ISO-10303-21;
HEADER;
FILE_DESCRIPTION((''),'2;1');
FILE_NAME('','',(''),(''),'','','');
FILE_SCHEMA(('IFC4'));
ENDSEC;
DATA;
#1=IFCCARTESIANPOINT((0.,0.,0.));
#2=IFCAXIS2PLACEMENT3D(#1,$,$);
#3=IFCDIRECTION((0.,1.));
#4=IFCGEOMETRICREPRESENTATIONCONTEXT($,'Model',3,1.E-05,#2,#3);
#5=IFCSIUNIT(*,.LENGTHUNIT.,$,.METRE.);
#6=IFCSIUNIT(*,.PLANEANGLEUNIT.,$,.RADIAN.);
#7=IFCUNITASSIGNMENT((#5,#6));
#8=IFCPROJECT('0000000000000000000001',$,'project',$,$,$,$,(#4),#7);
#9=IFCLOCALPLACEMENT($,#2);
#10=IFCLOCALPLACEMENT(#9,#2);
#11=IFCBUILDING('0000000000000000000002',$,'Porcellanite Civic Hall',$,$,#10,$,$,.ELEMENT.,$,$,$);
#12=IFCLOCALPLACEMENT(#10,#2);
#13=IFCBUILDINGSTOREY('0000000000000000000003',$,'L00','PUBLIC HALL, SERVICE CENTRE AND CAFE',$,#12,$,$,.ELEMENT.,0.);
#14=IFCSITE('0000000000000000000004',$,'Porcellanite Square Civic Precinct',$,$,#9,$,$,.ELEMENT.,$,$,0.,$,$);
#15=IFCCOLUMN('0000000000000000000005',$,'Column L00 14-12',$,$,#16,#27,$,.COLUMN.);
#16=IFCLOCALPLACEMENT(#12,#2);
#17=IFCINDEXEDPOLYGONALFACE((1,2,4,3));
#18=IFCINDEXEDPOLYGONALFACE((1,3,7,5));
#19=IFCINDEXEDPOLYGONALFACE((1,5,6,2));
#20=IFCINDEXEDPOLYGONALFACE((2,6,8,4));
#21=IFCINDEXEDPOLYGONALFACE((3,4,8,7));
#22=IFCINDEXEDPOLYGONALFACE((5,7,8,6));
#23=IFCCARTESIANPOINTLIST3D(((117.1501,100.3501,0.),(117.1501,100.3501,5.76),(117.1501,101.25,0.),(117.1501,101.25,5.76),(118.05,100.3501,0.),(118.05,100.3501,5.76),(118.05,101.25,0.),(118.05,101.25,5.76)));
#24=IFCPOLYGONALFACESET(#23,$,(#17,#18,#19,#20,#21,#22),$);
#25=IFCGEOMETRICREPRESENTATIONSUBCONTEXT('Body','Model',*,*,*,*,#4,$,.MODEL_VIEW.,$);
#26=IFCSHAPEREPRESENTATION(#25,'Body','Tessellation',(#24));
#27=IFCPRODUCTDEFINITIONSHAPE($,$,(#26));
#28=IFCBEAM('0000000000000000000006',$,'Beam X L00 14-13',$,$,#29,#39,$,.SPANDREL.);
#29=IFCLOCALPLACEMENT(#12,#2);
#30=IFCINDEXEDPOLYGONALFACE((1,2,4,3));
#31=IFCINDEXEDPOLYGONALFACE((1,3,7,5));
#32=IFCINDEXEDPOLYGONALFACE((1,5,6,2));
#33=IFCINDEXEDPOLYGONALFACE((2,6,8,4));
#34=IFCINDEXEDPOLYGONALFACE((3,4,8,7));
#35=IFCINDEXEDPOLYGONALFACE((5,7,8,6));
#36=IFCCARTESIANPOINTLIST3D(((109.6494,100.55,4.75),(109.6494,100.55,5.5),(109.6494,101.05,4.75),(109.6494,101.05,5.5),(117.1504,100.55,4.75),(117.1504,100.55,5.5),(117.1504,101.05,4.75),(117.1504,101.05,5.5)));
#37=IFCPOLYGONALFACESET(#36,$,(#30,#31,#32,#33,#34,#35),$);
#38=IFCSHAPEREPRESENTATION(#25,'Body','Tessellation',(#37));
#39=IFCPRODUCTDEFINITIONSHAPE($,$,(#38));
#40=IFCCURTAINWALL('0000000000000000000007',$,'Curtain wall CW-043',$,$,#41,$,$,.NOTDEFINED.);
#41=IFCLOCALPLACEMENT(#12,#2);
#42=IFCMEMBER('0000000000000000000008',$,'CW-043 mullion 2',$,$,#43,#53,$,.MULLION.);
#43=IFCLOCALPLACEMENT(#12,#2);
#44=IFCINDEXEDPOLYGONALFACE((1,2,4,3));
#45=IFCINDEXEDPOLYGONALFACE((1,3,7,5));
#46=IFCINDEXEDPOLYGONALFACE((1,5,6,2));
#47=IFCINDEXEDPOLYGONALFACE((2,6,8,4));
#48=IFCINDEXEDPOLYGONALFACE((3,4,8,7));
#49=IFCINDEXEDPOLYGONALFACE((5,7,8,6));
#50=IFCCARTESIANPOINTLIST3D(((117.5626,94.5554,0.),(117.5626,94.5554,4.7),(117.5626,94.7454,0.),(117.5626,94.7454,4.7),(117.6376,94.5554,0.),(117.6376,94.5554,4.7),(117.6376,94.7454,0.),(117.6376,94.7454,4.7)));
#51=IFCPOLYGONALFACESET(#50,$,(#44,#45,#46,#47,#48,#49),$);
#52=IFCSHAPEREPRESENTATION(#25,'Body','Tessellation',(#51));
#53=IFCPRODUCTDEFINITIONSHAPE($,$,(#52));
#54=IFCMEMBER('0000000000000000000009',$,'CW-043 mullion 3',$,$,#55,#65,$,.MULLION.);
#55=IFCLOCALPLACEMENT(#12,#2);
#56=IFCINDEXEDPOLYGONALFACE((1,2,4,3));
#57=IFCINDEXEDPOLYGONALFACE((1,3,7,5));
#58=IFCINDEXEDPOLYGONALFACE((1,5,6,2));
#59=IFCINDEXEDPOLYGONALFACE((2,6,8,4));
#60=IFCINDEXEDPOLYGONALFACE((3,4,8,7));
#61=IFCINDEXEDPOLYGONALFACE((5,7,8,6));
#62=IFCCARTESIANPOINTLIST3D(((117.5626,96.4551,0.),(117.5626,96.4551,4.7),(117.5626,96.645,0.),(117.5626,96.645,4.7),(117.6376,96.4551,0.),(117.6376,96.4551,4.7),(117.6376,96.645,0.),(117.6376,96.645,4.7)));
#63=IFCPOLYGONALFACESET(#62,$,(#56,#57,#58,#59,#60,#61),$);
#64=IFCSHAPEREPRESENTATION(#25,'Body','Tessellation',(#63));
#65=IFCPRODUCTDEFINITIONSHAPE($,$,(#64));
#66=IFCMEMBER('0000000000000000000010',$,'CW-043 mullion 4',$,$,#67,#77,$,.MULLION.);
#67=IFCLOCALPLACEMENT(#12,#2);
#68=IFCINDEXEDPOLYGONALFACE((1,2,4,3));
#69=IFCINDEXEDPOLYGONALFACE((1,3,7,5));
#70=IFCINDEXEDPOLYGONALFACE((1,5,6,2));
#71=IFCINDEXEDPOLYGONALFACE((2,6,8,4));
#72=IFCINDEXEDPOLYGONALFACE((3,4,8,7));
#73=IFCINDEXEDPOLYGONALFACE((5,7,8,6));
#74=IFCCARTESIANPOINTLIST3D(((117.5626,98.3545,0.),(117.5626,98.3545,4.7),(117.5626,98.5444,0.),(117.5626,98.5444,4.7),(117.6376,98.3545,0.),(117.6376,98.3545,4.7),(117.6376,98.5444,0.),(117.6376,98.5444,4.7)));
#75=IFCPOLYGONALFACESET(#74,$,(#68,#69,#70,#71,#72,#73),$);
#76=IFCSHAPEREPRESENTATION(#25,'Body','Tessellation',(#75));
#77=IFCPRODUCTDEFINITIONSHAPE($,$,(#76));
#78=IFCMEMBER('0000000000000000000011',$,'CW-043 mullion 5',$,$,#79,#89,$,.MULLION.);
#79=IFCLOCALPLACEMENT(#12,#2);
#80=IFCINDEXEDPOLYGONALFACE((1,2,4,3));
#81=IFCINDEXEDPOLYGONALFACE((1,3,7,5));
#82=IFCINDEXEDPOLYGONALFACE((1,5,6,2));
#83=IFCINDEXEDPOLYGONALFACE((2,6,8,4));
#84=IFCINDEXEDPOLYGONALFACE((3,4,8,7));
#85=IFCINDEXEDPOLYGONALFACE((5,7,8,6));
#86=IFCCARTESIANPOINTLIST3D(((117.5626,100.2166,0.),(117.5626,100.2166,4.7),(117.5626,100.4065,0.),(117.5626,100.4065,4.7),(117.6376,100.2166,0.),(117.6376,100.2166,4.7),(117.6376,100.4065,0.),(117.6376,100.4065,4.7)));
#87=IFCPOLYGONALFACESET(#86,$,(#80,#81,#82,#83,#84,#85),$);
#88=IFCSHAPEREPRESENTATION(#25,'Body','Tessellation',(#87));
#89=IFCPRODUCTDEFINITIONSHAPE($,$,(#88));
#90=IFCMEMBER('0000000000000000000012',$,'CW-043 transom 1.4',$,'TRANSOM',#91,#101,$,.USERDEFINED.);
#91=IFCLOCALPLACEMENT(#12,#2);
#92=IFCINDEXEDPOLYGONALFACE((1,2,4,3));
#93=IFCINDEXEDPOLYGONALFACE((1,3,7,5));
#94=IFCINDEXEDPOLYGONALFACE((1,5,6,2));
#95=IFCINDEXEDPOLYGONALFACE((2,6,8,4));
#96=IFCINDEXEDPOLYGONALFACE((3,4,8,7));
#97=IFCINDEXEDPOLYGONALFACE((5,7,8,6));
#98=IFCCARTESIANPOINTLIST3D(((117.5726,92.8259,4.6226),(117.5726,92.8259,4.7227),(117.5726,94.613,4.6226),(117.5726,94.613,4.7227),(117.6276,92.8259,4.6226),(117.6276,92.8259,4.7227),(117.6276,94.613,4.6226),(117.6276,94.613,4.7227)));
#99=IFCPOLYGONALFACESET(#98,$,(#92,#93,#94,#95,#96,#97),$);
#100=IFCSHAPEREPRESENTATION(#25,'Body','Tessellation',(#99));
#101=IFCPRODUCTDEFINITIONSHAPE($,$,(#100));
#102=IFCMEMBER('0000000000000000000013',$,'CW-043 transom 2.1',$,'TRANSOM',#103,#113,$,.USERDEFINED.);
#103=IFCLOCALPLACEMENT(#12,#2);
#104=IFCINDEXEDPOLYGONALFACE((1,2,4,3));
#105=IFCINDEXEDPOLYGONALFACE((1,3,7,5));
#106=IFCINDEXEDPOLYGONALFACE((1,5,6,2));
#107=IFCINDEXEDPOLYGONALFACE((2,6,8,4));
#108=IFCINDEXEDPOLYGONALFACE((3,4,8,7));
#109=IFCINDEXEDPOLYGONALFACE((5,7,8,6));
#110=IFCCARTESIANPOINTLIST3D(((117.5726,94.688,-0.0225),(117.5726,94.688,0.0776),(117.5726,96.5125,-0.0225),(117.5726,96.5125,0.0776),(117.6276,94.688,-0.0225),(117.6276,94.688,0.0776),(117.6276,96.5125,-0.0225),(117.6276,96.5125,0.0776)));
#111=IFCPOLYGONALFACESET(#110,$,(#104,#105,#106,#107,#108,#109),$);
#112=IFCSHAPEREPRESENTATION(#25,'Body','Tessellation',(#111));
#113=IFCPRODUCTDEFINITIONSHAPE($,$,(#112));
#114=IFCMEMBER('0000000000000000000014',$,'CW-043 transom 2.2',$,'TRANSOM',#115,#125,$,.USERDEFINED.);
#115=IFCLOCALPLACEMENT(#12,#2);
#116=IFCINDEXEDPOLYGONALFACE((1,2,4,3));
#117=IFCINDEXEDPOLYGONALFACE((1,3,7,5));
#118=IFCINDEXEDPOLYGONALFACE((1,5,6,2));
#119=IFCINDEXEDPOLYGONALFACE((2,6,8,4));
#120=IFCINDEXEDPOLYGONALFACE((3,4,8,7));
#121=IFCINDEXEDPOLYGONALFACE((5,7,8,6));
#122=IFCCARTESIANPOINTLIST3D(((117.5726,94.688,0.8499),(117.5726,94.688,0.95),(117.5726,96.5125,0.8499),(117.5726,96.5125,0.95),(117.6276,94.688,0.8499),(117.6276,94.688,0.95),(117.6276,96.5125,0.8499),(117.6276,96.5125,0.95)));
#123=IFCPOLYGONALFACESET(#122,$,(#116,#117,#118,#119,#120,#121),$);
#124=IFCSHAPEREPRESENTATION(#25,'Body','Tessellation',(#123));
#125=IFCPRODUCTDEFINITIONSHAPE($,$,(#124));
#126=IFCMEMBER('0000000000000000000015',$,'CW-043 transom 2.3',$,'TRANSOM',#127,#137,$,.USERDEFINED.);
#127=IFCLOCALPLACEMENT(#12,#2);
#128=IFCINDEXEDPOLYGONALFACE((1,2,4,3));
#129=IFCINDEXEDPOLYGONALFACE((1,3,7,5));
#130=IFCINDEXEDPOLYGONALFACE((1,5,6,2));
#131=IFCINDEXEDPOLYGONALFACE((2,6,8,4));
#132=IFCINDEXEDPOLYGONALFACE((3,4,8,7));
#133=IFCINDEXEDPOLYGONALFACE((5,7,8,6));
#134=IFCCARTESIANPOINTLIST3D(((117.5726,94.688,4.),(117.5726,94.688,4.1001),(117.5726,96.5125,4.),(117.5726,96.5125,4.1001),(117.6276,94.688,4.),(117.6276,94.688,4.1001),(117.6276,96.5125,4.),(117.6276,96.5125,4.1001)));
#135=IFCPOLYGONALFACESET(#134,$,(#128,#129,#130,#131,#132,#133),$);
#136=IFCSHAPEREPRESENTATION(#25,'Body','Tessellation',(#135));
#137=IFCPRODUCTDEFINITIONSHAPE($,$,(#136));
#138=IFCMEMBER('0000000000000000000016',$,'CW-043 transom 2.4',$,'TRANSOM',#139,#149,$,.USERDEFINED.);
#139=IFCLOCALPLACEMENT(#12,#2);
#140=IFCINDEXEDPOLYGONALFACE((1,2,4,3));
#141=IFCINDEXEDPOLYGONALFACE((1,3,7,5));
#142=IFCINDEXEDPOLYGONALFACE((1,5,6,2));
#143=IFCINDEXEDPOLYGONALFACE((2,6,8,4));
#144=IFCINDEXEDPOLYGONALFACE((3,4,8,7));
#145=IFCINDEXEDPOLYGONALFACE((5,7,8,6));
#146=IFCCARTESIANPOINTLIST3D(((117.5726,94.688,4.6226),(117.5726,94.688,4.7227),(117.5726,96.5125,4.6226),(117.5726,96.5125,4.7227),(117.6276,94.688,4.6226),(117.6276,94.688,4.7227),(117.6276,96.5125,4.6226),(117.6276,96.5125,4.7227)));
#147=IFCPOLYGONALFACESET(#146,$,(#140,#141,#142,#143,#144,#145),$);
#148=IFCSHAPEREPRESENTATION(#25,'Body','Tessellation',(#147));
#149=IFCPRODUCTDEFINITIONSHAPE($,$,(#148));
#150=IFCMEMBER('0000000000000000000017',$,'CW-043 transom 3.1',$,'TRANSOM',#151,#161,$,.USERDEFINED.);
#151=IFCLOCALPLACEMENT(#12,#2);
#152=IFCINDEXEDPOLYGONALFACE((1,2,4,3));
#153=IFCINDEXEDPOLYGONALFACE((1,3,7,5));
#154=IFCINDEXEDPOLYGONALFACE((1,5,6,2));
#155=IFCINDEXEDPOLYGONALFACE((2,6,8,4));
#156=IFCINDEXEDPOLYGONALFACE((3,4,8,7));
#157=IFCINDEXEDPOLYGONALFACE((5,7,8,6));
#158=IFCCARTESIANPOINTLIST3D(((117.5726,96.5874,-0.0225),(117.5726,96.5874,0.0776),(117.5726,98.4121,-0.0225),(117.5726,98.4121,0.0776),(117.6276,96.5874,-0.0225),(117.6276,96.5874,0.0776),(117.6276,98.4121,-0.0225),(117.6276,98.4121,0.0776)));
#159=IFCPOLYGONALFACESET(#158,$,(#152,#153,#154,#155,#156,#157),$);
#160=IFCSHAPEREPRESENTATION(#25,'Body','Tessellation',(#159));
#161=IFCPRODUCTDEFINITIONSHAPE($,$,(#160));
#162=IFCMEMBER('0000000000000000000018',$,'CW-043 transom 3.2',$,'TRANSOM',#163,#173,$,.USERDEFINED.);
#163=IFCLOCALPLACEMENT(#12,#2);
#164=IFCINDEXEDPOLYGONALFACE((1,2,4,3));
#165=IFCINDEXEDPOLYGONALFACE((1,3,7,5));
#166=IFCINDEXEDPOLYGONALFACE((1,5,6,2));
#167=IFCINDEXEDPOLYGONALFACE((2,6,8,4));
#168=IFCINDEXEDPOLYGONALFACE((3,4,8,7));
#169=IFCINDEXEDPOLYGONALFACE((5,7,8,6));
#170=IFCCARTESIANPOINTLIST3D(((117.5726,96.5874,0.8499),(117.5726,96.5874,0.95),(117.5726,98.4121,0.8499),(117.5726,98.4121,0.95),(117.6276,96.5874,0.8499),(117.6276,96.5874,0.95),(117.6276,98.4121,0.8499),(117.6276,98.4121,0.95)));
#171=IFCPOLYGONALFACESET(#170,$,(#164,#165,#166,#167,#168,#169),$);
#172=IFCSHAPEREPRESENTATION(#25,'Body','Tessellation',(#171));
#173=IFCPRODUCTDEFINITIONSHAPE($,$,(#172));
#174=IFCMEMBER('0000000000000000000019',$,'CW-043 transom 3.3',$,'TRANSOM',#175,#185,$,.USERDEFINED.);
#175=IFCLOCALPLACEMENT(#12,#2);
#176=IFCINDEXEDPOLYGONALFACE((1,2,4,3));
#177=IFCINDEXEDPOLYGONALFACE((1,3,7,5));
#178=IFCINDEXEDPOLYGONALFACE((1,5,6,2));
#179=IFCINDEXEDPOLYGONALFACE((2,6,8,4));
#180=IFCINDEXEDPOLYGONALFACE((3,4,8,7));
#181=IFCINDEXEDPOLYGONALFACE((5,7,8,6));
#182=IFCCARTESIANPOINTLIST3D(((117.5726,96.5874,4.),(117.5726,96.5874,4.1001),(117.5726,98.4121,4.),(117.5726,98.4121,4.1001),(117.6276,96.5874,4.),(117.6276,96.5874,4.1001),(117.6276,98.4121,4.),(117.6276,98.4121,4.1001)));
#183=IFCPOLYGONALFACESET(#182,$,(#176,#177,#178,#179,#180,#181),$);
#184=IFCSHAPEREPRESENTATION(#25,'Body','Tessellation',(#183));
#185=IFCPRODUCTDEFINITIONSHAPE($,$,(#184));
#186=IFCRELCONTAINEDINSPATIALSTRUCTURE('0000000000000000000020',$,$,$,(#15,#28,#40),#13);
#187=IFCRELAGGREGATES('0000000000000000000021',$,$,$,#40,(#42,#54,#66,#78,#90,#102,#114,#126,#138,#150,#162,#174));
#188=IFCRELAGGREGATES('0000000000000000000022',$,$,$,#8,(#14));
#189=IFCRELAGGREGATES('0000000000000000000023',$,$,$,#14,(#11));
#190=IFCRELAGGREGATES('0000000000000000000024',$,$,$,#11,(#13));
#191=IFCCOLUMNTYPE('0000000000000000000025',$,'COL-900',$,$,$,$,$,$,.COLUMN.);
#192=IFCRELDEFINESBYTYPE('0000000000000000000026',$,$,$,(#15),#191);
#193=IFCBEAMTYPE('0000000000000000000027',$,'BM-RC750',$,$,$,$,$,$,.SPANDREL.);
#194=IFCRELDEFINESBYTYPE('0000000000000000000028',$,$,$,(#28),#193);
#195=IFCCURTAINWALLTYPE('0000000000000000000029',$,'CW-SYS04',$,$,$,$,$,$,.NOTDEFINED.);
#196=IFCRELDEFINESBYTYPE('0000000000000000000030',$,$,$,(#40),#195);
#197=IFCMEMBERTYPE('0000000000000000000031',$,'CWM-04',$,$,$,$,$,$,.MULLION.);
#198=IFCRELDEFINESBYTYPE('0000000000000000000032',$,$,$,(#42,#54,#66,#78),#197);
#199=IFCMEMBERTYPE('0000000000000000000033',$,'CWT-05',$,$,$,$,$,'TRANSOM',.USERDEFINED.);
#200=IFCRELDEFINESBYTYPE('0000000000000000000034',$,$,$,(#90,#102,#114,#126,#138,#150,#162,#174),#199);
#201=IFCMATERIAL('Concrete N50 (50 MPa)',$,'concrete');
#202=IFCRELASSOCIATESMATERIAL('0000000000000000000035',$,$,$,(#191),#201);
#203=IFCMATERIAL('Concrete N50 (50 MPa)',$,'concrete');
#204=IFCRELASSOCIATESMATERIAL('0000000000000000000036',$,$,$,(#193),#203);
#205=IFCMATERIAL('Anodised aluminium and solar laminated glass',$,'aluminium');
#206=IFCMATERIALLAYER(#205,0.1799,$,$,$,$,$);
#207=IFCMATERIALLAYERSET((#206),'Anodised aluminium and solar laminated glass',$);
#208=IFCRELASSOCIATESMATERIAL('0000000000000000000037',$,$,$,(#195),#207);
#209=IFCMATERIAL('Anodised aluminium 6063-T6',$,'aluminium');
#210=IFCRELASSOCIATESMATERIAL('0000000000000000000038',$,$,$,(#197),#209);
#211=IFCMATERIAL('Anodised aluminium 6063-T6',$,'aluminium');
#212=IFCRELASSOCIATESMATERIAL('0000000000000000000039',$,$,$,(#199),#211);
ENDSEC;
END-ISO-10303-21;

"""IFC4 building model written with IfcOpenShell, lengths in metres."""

from ifc_helpers import new_model, si_unit, direction, frame, origin, origin_2d, place, context, subcontext, project, spatial, rectangle, extrude, material, layer, layer_set, material_profile, profile_set, type_object, element, aggregate, save


model = new_model("IFC4")

# Units and contexts
model_context = context("Model", 3, precision=1e-05, world=origin(), true_north=direction((0.0, 1.0)))
body_context = subcontext(model_context, "Body", "Model", "MODEL_VIEW")
ifc_project = project(units=[si_unit("LENGTHUNIT", "METRE"), si_unit("PLANEANGLEUNIT", "RADIAN")], contexts=[model_context])

# Site, building, storey
site_placement = place(None, origin())
site = spatial("IfcSite", under=ifc_project, at=site_placement, Name="Porcellanite Square Civic Precinct", CompositionType="ELEMENT", RefElevation=0.0)
building_placement = place(site_placement, origin())
building = spatial("IfcBuilding", under=site, at=building_placement, Name="Porcellanite Civic Hall", CompositionType="ELEMENT")
storey_placement = place(building_placement, origin())
storey = spatial("IfcBuildingStorey", under=building, at=storey_placement, Name="L00", Description="PUBLIC HALL, SERVICE CENTRE AND CAFE", CompositionType="ELEMENT", Elevation=0.0)

# Column
ifc_material_1 = material(Name="Concrete N50 (50 MPa)", Category="concrete")
ifc_material_profile_1 = material_profile(ifc_material_1, rectangle(XDim=0.8999, YDim=0.8999, at=origin_2d()), Name="RC-900x900")
ifc_profile_set_1 = profile_set([ifc_material_profile_1], Name="Concrete N50 (50 MPa)")
column_type = type_object("IfcColumnType", Name="COL-900", PredefinedType="COLUMN", material=ifc_profile_set_1)
column_placement = place(storey_placement, frame((117.6001, 100.8, 0.0), z_axis=(0.0, 0.0, 1.0), x_axis=(1.0, 0.0, 0.0)))
element("IfcColumn", 1, at=column_placement, inside=storey, type_object=column_type, Name="Column L00 14-12", PredefinedType="COLUMN", context=body_context, shape_type="SweptSolid", body=[
    extrude(rectangle(XDim=0.8999, YDim=0.8999, at=origin_2d()), origin(), (0.0, 0.0, 1.0), 5.76),
])

# Beam
ifc_material_2 = material(Name="Concrete N50 (50 MPa)", Category="concrete")
ifc_material_profile_2 = material_profile(ifc_material_2, rectangle(XDim=0.5, YDim=0.75, at=origin_2d()), Name="RC-500x750")
ifc_profile_set_2 = profile_set([ifc_material_profile_2], Name="Concrete N50 (50 MPa)")
beam_type = type_object("IfcBeamType", Name="BM-RC750", PredefinedType="SPANDREL", material=ifc_profile_set_2)
beam_placement = place(storey_placement, frame((109.6494, 100.8, 5.125), z_axis=(1.0, 0.0, 0.0), x_axis=(0.0, 1.0, 0.0)))
element("IfcBeam", 2, at=beam_placement, inside=storey, type_object=beam_type, Name="Beam X L00 14-13", PredefinedType="SPANDREL", context=body_context, shape_type="SweptSolid", body=[
    extrude(rectangle(XDim=0.5, YDim=0.75, at=origin_2d()), origin(), (0.0, 0.0, 1.0), 7.501),
])

# Curtain wall, members
ifc_material_3 = material(Name="Anodised aluminium and solar laminated glass", Category="aluminium")
ifc_layer_1 = layer(ifc_material_3, 0.1799)
ifc_layer_set_1 = layer_set([ifc_layer_1], Name="Anodised aluminium and solar laminated glass")
curtain_wall_type = type_object("IfcCurtainWallType", Name="CW-SYS04", PredefinedType="NOTDEFINED", material=ifc_layer_set_1)
curtain_wall_placement = place(storey_placement, origin())
curtain_wall = element("IfcCurtainWall", 3, at=curtain_wall_placement, inside=storey, type_object=curtain_wall_type, Name="Curtain wall CW-043", PredefinedType="NOTDEFINED")
ifc_material_4 = material(Name="Anodised aluminium 6063-T6", Category="aluminium")
ifc_material_profile_3 = material_profile(ifc_material_4, rectangle(XDim=0.075, YDim=0.1899, at=origin_2d()), Name="AL-75x190")
ifc_profile_set_3 = profile_set([ifc_material_profile_3], Name="Anodised aluminium 6063-T6")
member_type_1 = type_object("IfcMemberType", Name="CWM-04", PredefinedType="MULLION", material=ifc_profile_set_3)
member_1_placement = place(storey_placement, frame((117.6001, 94.6504, 0.0), z_axis=(0.0, 0.0, 1.0), x_axis=(-1.0, 0.0, 0.0)))
member_1 = element("IfcMember", 4, at=member_1_placement, type_object=member_type_1, Name="CW-043 mullion 2", PredefinedType="MULLION", context=body_context, shape_type="SweptSolid", body=[
    extrude(rectangle(XDim=0.075, YDim=0.1899, at=origin_2d()), origin(), (0.0, 0.0, 1.0), 4.7),
])
member_2_placement = place(storey_placement, frame((117.6001, 96.55, 0.0), z_axis=(0.0, 0.0, 1.0), x_axis=(-1.0, 0.0, 0.0)))
member_2 = element("IfcMember", 5, at=member_2_placement, type_object=member_type_1, Name="CW-043 mullion 3", PredefinedType="MULLION", context=body_context, shape_type="SweptSolid", body=[
    extrude(rectangle(XDim=0.075, YDim=0.1899, at=origin_2d()), origin(), (0.0, 0.0, 1.0), 4.7),
])
member_3_placement = place(storey_placement, frame((117.6001, 98.4495, 0.0), z_axis=(0.0, 0.0, 1.0), x_axis=(-1.0, 0.0, 0.0)))
member_3 = element("IfcMember", 6, at=member_3_placement, type_object=member_type_1, Name="CW-043 mullion 4", PredefinedType="MULLION", context=body_context, shape_type="SweptSolid", body=[
    extrude(rectangle(XDim=0.075, YDim=0.1899, at=origin_2d()), origin(), (0.0, 0.0, 1.0), 4.7),
])
member_4_placement = place(storey_placement, frame((117.6001, 100.3115, 0.0), z_axis=(0.0, 0.0, 1.0), x_axis=(-1.0, 0.0, 0.0)))
member_4 = element("IfcMember", 7, at=member_4_placement, type_object=member_type_1, Name="CW-043 mullion 5", PredefinedType="MULLION", context=body_context, shape_type="SweptSolid", body=[
    extrude(rectangle(XDim=0.075, YDim=0.1899, at=origin_2d()), origin(), (0.0, 0.0, 1.0), 4.7),
])
ifc_material_5 = material(Name="Anodised aluminium 6063-T6", Category="aluminium")
ifc_material_profile_4 = material_profile(ifc_material_5, rectangle(XDim=0.0549, YDim=0.1001, at=origin_2d()), Name="AL-55x100")
ifc_profile_set_4 = profile_set([ifc_material_profile_4], Name="Anodised aluminium 6063-T6")
member_type_2 = type_object("IfcMemberType", Name="CWT-05", ElementType="TRANSOM", PredefinedType="USERDEFINED", material=ifc_profile_set_4)
member_5_placement = place(storey_placement, frame((117.6001, 92.8259, 4.6726), z_axis=(0.0, 1.0, 0.0), x_axis=(-1.0, 0.0, 0.0)))
member_5 = element("IfcMember", 8, at=member_5_placement, type_object=member_type_2, Name="CW-043 transom 1.4", ObjectType="TRANSOM", PredefinedType="USERDEFINED", context=body_context, shape_type="SweptSolid", body=[
    extrude(rectangle(XDim=0.0549, YDim=0.1001, at=origin_2d()), origin(), (0.0, 0.0, 1.0), 1.7871),
])
member_6_placement = place(storey_placement, frame((117.6001, 94.688, 0.0276), z_axis=(0.0, 1.0, 0.0), x_axis=(-1.0, 0.0, 0.0)))
member_6 = element("IfcMember", 9, at=member_6_placement, type_object=member_type_2, Name="CW-043 transom 2.1", ObjectType="TRANSOM", PredefinedType="USERDEFINED", context=body_context, shape_type="SweptSolid", body=[
    extrude(rectangle(XDim=0.0549, YDim=0.1001, at=origin_2d()), origin(), (0.0, 0.0, 1.0), 1.8245),
])
member_7_placement = place(storey_placement, frame((117.6001, 94.688, 0.8999), z_axis=(0.0, 1.0, 0.0), x_axis=(-1.0, 0.0, 0.0)))
member_7 = element("IfcMember", 10, at=member_7_placement, type_object=member_type_2, Name="CW-043 transom 2.2", ObjectType="TRANSOM", PredefinedType="USERDEFINED", context=body_context, shape_type="SweptSolid", body=[
    extrude(rectangle(XDim=0.0549, YDim=0.1001, at=origin_2d()), origin(), (0.0, 0.0, 1.0), 1.8245),
])
member_8_placement = place(storey_placement, frame((117.6001, 94.688, 4.05), z_axis=(0.0, 1.0, 0.0), x_axis=(-1.0, 0.0, 0.0)))
member_8 = element("IfcMember", 11, at=member_8_placement, type_object=member_type_2, Name="CW-043 transom 2.3", ObjectType="TRANSOM", PredefinedType="USERDEFINED", context=body_context, shape_type="SweptSolid", body=[
    extrude(rectangle(XDim=0.0549, YDim=0.1001, at=origin_2d()), origin(), (0.0, 0.0, 1.0), 1.8245),
])
member_9_placement = place(storey_placement, frame((117.6001, 94.688, 4.6726), z_axis=(0.0, 1.0, 0.0), x_axis=(-1.0, 0.0, 0.0)))
member_9 = element("IfcMember", 12, at=member_9_placement, type_object=member_type_2, Name="CW-043 transom 2.4", ObjectType="TRANSOM", PredefinedType="USERDEFINED", context=body_context, shape_type="SweptSolid", body=[
    extrude(rectangle(XDim=0.0549, YDim=0.1001, at=origin_2d()), origin(), (0.0, 0.0, 1.0), 1.8245),
])
member_10_placement = place(storey_placement, frame((117.6001, 96.5874, 0.0276), z_axis=(0.0, 1.0, 0.0), x_axis=(-1.0, 0.0, 0.0)))
member_10 = element("IfcMember", 13, at=member_10_placement, type_object=member_type_2, Name="CW-043 transom 3.1", ObjectType="TRANSOM", PredefinedType="USERDEFINED", context=body_context, shape_type="SweptSolid", body=[
    extrude(rectangle(XDim=0.0549, YDim=0.1001, at=origin_2d()), origin(), (0.0, 0.0, 1.0), 1.8247),
])
member_11_placement = place(storey_placement, frame((117.6001, 96.5874, 0.8999), z_axis=(0.0, 1.0, 0.0), x_axis=(-1.0, 0.0, 0.0)))
member_11 = element("IfcMember", 14, at=member_11_placement, type_object=member_type_2, Name="CW-043 transom 3.2", ObjectType="TRANSOM", PredefinedType="USERDEFINED", context=body_context, shape_type="SweptSolid", body=[
    extrude(rectangle(XDim=0.0549, YDim=0.1001, at=origin_2d()), origin(), (0.0, 0.0, 1.0), 1.8247),
])
member_12_placement = place(storey_placement, frame((117.6001, 96.5874, 4.05), z_axis=(0.0, 1.0, 0.0), x_axis=(-1.0, 0.0, 0.0)))
member_12 = element("IfcMember", 15, at=member_12_placement, type_object=member_type_2, Name="CW-043 transom 3.3", ObjectType="TRANSOM", PredefinedType="USERDEFINED", context=body_context, shape_type="SweptSolid", body=[
    extrude(rectangle(XDim=0.0549, YDim=0.1001, at=origin_2d()), origin(), (0.0, 0.0, 1.0), 1.8247),
])
aggregate(curtain_wall, [member_1, member_2, member_3, member_4, member_5, member_6, member_7, member_8, member_9, member_10, member_11, member_12])

save(model, "model.ifc")
